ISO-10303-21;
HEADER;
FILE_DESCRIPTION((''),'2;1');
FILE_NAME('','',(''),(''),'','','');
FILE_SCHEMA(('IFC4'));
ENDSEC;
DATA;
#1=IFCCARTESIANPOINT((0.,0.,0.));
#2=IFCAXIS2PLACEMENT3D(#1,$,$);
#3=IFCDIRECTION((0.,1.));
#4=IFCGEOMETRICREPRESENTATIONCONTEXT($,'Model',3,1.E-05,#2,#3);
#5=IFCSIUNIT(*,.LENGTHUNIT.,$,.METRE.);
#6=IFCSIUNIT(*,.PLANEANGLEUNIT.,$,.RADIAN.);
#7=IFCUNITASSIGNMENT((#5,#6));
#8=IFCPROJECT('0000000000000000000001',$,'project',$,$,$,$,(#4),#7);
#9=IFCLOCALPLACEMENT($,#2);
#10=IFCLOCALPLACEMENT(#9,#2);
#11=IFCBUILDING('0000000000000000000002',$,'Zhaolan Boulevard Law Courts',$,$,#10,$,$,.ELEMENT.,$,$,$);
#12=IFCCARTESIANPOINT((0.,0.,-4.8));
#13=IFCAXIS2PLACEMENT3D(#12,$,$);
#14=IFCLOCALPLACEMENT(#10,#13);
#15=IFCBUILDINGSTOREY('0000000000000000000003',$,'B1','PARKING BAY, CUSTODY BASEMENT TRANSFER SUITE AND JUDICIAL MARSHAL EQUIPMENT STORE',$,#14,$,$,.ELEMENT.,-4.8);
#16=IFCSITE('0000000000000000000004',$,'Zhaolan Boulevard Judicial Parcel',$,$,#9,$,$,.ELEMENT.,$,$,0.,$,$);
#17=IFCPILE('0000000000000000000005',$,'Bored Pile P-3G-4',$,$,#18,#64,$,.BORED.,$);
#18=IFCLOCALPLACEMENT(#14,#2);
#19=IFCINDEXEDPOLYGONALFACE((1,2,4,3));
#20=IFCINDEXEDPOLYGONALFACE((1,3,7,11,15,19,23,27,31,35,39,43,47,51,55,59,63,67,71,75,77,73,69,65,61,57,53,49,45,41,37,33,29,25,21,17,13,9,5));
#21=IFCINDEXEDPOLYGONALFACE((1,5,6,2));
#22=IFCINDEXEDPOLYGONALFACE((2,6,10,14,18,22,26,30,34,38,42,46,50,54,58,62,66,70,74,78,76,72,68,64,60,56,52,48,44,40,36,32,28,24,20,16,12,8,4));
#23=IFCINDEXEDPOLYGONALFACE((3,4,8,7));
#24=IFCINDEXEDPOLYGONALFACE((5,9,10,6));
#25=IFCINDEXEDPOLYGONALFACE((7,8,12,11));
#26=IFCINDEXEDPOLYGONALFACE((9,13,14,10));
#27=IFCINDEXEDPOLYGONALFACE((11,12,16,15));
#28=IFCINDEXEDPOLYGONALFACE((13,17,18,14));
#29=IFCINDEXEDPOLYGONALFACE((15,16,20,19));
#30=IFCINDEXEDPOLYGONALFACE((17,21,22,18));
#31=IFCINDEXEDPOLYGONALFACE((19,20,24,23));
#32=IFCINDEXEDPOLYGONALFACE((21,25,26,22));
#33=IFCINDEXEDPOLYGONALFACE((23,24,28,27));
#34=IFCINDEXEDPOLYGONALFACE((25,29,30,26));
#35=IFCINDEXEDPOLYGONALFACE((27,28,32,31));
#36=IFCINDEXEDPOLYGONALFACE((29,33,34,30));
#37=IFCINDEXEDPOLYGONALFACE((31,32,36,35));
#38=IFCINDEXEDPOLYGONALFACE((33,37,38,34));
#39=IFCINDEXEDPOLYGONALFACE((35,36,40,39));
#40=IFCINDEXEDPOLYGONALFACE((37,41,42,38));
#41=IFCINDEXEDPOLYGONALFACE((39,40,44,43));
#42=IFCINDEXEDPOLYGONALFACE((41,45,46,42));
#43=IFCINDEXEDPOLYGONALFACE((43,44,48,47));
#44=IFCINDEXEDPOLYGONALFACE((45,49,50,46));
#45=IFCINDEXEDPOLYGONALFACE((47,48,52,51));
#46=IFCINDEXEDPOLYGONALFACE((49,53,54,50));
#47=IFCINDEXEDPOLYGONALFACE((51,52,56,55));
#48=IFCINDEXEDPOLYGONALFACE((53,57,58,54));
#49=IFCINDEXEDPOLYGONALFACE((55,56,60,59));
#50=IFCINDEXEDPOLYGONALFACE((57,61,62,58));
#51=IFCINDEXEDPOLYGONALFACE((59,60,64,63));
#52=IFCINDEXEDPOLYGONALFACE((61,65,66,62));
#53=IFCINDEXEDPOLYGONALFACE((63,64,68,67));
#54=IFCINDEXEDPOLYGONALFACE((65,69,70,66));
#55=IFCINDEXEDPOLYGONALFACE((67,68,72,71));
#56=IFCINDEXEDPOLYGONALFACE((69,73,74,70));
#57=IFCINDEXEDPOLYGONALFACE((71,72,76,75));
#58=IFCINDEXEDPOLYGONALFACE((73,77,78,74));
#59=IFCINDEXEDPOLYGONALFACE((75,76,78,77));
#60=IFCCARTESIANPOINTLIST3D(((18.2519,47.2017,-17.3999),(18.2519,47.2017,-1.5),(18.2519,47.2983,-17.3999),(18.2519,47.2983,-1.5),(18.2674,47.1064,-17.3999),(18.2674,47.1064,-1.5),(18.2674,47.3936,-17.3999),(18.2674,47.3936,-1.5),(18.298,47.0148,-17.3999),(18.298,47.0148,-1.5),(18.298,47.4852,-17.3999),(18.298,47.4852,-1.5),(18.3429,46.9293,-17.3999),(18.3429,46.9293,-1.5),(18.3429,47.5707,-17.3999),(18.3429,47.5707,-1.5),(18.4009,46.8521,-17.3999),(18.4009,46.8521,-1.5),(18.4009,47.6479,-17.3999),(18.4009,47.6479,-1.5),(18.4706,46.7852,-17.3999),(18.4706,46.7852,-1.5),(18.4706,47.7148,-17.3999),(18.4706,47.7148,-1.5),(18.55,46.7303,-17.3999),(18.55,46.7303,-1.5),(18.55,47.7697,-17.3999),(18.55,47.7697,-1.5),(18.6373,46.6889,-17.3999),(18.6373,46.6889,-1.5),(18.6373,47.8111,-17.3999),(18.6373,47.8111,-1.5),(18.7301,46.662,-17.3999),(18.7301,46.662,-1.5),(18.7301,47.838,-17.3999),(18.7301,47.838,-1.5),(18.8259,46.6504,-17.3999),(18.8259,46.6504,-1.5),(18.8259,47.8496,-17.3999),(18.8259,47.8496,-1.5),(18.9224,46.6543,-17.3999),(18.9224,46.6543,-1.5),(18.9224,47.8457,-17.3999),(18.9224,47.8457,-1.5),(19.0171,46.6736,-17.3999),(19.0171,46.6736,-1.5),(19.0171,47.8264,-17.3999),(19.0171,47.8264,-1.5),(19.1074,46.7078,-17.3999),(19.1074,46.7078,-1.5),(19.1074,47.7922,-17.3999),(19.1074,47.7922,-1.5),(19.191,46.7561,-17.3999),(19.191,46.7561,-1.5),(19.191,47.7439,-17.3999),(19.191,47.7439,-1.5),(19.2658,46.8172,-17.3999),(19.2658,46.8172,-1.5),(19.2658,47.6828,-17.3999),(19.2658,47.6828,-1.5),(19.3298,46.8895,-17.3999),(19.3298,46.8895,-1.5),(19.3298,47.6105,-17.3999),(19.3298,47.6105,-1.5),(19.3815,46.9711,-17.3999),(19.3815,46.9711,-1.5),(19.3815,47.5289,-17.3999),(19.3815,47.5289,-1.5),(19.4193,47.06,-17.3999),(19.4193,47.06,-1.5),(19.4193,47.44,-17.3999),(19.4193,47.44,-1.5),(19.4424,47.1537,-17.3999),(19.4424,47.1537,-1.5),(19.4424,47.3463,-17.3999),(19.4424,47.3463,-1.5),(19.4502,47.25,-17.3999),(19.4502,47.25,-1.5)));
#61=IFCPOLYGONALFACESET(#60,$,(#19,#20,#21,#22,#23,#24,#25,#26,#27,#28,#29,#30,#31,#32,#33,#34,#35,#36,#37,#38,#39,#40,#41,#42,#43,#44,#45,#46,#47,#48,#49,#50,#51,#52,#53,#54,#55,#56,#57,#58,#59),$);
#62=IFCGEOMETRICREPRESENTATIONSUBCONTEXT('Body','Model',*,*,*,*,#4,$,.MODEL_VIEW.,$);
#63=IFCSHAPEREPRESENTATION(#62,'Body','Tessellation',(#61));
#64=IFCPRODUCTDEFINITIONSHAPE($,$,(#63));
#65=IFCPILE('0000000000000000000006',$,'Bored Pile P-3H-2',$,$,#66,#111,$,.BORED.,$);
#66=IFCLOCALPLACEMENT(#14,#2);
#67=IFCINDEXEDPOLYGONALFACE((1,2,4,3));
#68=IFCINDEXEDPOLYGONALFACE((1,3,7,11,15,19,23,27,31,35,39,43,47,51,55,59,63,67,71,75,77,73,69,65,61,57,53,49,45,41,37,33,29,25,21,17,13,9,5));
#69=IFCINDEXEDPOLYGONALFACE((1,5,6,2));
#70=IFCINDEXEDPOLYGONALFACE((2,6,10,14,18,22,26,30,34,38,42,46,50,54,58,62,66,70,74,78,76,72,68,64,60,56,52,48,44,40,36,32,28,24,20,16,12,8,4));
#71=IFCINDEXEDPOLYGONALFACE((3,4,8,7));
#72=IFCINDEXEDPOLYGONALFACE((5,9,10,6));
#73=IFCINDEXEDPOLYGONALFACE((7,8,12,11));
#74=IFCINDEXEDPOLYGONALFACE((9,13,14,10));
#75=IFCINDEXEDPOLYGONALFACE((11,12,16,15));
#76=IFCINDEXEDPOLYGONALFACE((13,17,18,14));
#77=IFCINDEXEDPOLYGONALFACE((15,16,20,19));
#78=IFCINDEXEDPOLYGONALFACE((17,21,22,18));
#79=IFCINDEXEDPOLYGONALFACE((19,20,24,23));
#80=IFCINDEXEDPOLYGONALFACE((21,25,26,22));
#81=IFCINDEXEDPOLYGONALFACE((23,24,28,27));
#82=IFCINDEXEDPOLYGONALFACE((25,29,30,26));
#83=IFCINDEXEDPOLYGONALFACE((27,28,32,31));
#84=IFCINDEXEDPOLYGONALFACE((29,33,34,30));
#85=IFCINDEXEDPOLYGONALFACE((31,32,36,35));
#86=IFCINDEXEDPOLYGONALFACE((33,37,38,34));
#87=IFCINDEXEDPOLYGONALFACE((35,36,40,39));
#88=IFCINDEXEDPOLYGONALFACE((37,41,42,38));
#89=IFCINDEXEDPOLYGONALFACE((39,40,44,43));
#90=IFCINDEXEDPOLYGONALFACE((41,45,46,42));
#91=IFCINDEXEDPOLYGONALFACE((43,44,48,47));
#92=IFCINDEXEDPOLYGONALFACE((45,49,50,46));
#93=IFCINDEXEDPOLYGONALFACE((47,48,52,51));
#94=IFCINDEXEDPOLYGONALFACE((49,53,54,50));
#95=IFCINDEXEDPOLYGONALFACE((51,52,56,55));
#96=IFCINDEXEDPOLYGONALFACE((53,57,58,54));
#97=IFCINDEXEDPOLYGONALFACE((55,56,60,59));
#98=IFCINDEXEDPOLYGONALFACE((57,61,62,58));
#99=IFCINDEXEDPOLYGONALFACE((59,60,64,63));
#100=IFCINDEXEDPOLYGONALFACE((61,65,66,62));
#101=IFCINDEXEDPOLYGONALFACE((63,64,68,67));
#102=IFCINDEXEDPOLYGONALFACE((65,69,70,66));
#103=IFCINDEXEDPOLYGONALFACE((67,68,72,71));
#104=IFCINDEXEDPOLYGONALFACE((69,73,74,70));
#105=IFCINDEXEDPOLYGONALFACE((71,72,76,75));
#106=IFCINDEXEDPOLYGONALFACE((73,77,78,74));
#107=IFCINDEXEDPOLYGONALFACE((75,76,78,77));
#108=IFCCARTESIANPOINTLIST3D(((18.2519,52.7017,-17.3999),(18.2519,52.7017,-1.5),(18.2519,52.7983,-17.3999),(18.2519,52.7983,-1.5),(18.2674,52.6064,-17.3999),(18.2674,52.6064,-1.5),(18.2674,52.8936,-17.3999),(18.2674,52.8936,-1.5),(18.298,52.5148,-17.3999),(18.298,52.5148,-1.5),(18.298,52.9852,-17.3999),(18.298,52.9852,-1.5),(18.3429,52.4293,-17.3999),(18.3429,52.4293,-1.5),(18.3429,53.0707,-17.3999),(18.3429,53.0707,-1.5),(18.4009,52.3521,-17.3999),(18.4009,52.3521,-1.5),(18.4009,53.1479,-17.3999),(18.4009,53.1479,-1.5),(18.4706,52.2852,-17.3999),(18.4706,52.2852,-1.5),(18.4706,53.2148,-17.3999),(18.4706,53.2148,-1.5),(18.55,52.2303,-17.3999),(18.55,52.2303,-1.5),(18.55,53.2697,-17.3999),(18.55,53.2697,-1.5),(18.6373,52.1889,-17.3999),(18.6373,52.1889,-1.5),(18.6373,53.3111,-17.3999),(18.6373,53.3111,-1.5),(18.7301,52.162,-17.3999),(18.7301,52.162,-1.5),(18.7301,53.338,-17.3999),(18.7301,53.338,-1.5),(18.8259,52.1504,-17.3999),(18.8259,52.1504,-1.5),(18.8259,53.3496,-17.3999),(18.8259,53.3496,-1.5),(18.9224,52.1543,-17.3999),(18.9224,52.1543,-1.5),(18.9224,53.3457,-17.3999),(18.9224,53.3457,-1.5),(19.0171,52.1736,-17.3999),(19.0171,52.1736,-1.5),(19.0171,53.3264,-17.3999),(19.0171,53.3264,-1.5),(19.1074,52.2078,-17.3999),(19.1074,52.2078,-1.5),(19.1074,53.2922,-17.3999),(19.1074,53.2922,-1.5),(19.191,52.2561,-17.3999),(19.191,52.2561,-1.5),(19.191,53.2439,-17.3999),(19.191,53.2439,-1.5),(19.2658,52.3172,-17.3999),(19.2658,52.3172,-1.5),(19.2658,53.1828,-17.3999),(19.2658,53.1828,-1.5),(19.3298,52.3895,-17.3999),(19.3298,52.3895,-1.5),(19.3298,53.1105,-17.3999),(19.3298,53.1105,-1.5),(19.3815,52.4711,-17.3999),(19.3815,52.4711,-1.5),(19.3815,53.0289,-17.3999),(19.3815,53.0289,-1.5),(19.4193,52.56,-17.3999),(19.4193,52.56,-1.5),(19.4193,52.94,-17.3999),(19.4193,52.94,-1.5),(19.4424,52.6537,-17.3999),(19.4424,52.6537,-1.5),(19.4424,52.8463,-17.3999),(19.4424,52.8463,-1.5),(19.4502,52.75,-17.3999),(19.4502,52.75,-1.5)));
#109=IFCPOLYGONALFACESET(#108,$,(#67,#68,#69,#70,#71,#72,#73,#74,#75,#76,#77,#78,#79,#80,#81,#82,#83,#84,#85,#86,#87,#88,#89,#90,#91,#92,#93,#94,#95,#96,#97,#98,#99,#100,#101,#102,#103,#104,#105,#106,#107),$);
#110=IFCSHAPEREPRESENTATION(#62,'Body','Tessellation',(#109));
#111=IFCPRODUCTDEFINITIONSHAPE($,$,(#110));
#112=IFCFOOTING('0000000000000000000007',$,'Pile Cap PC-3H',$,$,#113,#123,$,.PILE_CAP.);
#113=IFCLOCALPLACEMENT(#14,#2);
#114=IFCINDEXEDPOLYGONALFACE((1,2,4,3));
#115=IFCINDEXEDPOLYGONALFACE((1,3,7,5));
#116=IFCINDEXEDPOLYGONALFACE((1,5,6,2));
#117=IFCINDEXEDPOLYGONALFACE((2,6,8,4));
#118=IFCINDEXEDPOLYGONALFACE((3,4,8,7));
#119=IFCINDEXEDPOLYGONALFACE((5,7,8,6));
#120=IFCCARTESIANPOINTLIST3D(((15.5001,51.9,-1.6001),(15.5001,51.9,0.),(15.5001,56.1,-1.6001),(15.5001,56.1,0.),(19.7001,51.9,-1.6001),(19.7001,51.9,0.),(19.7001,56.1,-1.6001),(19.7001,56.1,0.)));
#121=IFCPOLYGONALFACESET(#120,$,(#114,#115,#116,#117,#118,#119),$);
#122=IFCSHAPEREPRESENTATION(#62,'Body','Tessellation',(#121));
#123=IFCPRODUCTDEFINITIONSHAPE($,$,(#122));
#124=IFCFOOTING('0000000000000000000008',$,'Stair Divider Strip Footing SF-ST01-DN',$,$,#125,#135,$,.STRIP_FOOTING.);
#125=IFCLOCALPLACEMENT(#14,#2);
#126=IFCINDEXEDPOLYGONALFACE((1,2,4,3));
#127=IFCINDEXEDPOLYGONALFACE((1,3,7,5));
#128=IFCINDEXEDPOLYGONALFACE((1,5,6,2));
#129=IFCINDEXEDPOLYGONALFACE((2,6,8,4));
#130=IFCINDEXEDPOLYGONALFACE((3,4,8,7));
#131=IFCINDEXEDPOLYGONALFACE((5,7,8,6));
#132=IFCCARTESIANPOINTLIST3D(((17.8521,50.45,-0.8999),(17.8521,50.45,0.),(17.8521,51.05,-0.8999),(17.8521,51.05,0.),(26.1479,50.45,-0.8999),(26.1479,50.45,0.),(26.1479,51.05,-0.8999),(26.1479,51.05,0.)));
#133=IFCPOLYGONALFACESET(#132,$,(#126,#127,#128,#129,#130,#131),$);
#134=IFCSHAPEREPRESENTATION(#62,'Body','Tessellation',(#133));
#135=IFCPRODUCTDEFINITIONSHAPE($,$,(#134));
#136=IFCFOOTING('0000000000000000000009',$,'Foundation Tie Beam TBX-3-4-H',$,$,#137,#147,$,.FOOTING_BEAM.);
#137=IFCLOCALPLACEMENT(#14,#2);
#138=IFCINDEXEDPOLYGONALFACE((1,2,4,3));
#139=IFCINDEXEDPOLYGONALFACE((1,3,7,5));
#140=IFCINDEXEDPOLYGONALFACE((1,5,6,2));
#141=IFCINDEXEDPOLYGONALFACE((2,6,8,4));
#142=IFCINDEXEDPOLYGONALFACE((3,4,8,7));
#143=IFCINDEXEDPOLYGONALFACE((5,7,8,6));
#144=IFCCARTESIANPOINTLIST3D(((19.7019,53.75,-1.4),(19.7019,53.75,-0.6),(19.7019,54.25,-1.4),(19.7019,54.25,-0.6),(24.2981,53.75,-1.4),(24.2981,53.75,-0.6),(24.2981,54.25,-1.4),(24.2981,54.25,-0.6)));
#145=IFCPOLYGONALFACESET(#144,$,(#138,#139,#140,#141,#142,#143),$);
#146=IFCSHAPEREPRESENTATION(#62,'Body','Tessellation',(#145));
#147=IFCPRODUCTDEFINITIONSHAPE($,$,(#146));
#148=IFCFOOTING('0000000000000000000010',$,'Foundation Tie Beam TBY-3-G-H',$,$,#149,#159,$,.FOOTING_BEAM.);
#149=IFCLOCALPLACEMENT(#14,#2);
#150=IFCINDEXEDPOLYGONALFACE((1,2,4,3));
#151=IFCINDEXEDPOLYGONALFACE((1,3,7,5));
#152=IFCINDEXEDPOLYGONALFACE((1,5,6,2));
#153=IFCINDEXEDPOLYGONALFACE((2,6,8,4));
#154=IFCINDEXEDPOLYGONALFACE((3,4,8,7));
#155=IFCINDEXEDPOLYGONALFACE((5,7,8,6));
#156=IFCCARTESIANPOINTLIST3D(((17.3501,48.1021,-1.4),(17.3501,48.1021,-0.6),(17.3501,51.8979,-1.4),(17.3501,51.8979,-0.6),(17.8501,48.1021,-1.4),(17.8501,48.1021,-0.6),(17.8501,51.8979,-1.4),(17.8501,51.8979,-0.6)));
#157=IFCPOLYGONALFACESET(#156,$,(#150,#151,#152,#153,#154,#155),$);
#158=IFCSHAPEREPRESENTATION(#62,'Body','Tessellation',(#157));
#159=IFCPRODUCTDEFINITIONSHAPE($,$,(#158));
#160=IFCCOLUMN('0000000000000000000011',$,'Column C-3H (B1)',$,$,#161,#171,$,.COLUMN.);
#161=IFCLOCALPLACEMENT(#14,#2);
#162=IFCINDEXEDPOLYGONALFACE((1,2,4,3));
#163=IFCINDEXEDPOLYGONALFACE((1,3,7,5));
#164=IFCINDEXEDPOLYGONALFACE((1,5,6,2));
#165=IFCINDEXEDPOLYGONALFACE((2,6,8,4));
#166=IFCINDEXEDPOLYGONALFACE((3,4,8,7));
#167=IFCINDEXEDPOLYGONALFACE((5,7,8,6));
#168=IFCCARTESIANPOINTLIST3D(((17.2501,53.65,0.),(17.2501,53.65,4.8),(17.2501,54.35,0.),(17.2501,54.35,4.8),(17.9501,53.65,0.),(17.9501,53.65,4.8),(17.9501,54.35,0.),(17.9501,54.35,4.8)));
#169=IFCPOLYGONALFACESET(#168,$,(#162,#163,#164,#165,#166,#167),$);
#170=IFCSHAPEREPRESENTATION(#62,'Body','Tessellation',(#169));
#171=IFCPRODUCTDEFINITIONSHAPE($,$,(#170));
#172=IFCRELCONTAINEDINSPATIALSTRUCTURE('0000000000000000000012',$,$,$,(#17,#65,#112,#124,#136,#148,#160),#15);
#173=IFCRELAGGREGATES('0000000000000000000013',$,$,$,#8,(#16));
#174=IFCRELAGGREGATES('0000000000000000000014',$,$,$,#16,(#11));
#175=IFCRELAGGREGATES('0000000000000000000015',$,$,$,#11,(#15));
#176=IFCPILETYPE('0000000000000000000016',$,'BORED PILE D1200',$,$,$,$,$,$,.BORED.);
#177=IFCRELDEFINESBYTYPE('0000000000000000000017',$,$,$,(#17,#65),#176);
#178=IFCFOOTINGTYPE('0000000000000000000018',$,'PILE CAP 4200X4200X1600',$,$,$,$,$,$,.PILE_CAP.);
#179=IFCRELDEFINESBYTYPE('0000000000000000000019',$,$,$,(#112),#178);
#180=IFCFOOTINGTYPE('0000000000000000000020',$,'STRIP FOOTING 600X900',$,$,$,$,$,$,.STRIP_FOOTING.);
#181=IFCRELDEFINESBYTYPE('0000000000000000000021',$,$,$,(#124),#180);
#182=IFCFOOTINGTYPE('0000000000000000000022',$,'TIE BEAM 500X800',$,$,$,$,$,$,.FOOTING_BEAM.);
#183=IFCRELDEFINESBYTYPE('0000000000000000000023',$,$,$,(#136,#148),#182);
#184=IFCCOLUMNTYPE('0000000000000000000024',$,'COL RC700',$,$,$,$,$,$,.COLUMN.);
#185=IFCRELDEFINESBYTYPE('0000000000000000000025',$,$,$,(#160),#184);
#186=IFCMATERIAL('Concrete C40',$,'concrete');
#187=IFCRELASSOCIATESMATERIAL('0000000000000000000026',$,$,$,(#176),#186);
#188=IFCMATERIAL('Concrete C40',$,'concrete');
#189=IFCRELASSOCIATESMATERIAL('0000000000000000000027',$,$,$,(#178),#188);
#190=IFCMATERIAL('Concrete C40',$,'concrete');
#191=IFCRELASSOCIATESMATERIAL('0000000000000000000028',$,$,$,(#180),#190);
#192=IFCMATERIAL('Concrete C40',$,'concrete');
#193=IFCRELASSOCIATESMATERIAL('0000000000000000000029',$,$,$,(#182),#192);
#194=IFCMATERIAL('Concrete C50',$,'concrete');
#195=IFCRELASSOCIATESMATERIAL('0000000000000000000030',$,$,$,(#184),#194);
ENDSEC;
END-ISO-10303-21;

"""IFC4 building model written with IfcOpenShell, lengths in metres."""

from ifc_helpers import new_model, si_unit, direction, frame, origin, origin_2d, place, context, subcontext, project, spatial, rectangle, circle, extrude, material, material_profile, profile_set, type_object, element, save


model = new_model("IFC4")

# Units and contexts
model_context = context("Model", 3, precision=1e-05, world=origin(), true_north=direction((0.0, 1.0)))
body_context = subcontext(model_context, "Body", "Model", "MODEL_VIEW")
ifc_project = project(units=[si_unit("LENGTHUNIT", "METRE"), si_unit("PLANEANGLEUNIT", "RADIAN")], contexts=[model_context])

# Site, building, storey
site_placement = place(None, origin())
site = spatial("IfcSite", under=ifc_project, at=site_placement, Name="Zhaolan Boulevard Judicial Parcel", CompositionType="ELEMENT", RefElevation=0.0)
building_placement = place(site_placement, origin())
building = spatial("IfcBuilding", under=site, at=building_placement, Name="Zhaolan Boulevard Law Courts", CompositionType="ELEMENT")
storey_placement = place(building_placement, frame((0.0, 0.0, -4.8)))
storey = spatial("IfcBuildingStorey", under=building, at=storey_placement, Name="B1", Description="PARKING BAY, CUSTODY BASEMENT TRANSFER SUITE AND JUDICIAL MARSHAL EQUIPMENT STORE", CompositionType="ELEMENT", Elevation=-4.8)

# Piles
ifc_material_1 = material(Name="Concrete C40", Category="concrete")
ifc_material_profile_1 = material_profile(ifc_material_1, circle(Radius=0.6001, at=origin_2d()), Name="PILE-D1200")
ifc_profile_set_1 = profile_set([ifc_material_profile_1], Name="Concrete C40")
pile_type = type_object("IfcPileType", Name="BORED PILE D1200", PredefinedType="BORED", material=ifc_profile_set_1)
for number, where, z_axis, x_axis, name in (
    (1, (18.8501, 47.25, -1.5), (0.0, 0.0, -1.0), (1.0, 0.0, 0.0), "Bored Pile P-3G-4"),
    (2, (18.8501, 52.75, -1.5), (0.0, 0.0, -1.0), (1.0, 0.0, 0.0), "Bored Pile P-3H-2"),
):
    element("IfcPile", number, at=place(storey_placement, frame(where, z_axis=z_axis, x_axis=x_axis)), inside=storey, type_object=pile_type, Name=name, PredefinedType="BORED", context=body_context, shape_type="SweptSolid", body=[
        extrude(circle(Radius=0.6001, at=origin_2d()), origin(), (0.0, 0.0, 1.0), 15.8999),
    ])

# Footings
ifc_material_2 = material(Name="Concrete C40", Category="concrete")
footing_type_1 = type_object("IfcFootingType", Name="PILE CAP 4200X4200X1600", PredefinedType="PILE_CAP", material=ifc_material_2)
footing_1_placement = place(storey_placement, frame((17.6001, 54.0, -1.6001), z_axis=(0.0, 0.0, 1.0), x_axis=(1.0, 0.0, 0.0)))
element("IfcFooting", 3, at=footing_1_placement, inside=storey, type_object=footing_type_1, Name="Pile Cap PC-3H", PredefinedType="PILE_CAP", context=body_context, shape_type="SweptSolid", body=[
    extrude(rectangle(XDim=4.2, YDim=4.2, at=origin_2d()), origin(), (0.0, 0.0, 1.0), 1.6001),
])
ifc_material_3 = material(Name="Concrete C40", Category="concrete")
ifc_material_profile_2 = material_profile(ifc_material_3, rectangle(XDim=0.6001, YDim=0.8999, at=origin_2d()), Name="RC600x900")
ifc_profile_set_2 = profile_set([ifc_material_profile_2], Name="Concrete C40")
footing_type_2 = type_object("IfcFootingType", Name="STRIP FOOTING 600X900", PredefinedType="STRIP_FOOTING", material=ifc_profile_set_2)
footing_2_placement = place(storey_placement, frame((17.8521, 50.75, -0.45), z_axis=(1.0, 0.0, 0.0), x_axis=(0.0, 1.0, 0.0)))
element("IfcFooting", 4, at=footing_2_placement, inside=storey, type_object=footing_type_2, Name="Stair Divider Strip Footing SF-ST01-DN", PredefinedType="STRIP_FOOTING", context=body_context, shape_type="SweptSolid", body=[
    extrude(rectangle(XDim=0.6001, YDim=0.8999, at=origin_2d()), origin(), (0.0, 0.0, 1.0), 8.2959),
])
ifc_material_4 = material(Name="Concrete C40", Category="concrete")
ifc_material_profile_3 = material_profile(ifc_material_4, rectangle(XDim=0.5, YDim=0.8, at=origin_2d()), Name="RC500x800")
ifc_profile_set_3 = profile_set([ifc_material_profile_3], Name="Concrete C40")
footing_type_3 = type_object("IfcFootingType", Name="TIE BEAM 500X800", PredefinedType="FOOTING_BEAM", material=ifc_profile_set_3)
footing_3_placement = place(storey_placement, frame((19.7019, 54.0, -1.0), z_axis=(1.0, 0.0, 0.0), x_axis=(0.0, 1.0, 0.0)))
element("IfcFooting", 5, at=footing_3_placement, inside=storey, type_object=footing_type_3, Name="Foundation Tie Beam TBX-3-4-H", PredefinedType="FOOTING_BEAM", context=body_context, shape_type="SweptSolid", body=[
    extrude(rectangle(XDim=0.5, YDim=0.8, at=origin_2d()), origin(), (0.0, 0.0, 1.0), 4.5962),
])
footing_4_placement = place(storey_placement, frame((17.6001, 48.1021, -1.0), z_axis=(0.0, 1.0, 0.0), x_axis=(-1.0, 0.0, 0.0)))
element("IfcFooting", 6, at=footing_4_placement, inside=storey, type_object=footing_type_3, Name="Foundation Tie Beam TBY-3-G-H", PredefinedType="FOOTING_BEAM", context=body_context, shape_type="SweptSolid", body=[
    extrude(rectangle(XDim=0.5, YDim=0.8, at=origin_2d()), origin(), (0.0, 0.0, 1.0), 3.7959),
])

# Column
ifc_material_5 = material(Name="Concrete C50", Category="concrete")
ifc_material_profile_4 = material_profile(ifc_material_5, rectangle(XDim=0.7, YDim=0.7, at=origin_2d()), Name="RC700x700")
ifc_profile_set_4 = profile_set([ifc_material_profile_4], Name="Concrete C50")
column_type = type_object("IfcColumnType", Name="COL RC700", PredefinedType="COLUMN", material=ifc_profile_set_4)
column_placement = place(storey_placement, frame((17.6001, 54.0, 0.0), z_axis=(0.0, 0.0, 1.0), x_axis=(1.0, 0.0, 0.0)))
element("IfcColumn", 7, at=column_placement, inside=storey, type_object=column_type, Name="Column C-3H (B1)", PredefinedType="COLUMN", context=body_context, shape_type="SweptSolid", body=[
    extrude(rectangle(XDim=0.7, YDim=0.7, at=origin_2d()), origin(), (0.0, 0.0, 1.0), 4.8),
])

save(model, "model.ifc")
